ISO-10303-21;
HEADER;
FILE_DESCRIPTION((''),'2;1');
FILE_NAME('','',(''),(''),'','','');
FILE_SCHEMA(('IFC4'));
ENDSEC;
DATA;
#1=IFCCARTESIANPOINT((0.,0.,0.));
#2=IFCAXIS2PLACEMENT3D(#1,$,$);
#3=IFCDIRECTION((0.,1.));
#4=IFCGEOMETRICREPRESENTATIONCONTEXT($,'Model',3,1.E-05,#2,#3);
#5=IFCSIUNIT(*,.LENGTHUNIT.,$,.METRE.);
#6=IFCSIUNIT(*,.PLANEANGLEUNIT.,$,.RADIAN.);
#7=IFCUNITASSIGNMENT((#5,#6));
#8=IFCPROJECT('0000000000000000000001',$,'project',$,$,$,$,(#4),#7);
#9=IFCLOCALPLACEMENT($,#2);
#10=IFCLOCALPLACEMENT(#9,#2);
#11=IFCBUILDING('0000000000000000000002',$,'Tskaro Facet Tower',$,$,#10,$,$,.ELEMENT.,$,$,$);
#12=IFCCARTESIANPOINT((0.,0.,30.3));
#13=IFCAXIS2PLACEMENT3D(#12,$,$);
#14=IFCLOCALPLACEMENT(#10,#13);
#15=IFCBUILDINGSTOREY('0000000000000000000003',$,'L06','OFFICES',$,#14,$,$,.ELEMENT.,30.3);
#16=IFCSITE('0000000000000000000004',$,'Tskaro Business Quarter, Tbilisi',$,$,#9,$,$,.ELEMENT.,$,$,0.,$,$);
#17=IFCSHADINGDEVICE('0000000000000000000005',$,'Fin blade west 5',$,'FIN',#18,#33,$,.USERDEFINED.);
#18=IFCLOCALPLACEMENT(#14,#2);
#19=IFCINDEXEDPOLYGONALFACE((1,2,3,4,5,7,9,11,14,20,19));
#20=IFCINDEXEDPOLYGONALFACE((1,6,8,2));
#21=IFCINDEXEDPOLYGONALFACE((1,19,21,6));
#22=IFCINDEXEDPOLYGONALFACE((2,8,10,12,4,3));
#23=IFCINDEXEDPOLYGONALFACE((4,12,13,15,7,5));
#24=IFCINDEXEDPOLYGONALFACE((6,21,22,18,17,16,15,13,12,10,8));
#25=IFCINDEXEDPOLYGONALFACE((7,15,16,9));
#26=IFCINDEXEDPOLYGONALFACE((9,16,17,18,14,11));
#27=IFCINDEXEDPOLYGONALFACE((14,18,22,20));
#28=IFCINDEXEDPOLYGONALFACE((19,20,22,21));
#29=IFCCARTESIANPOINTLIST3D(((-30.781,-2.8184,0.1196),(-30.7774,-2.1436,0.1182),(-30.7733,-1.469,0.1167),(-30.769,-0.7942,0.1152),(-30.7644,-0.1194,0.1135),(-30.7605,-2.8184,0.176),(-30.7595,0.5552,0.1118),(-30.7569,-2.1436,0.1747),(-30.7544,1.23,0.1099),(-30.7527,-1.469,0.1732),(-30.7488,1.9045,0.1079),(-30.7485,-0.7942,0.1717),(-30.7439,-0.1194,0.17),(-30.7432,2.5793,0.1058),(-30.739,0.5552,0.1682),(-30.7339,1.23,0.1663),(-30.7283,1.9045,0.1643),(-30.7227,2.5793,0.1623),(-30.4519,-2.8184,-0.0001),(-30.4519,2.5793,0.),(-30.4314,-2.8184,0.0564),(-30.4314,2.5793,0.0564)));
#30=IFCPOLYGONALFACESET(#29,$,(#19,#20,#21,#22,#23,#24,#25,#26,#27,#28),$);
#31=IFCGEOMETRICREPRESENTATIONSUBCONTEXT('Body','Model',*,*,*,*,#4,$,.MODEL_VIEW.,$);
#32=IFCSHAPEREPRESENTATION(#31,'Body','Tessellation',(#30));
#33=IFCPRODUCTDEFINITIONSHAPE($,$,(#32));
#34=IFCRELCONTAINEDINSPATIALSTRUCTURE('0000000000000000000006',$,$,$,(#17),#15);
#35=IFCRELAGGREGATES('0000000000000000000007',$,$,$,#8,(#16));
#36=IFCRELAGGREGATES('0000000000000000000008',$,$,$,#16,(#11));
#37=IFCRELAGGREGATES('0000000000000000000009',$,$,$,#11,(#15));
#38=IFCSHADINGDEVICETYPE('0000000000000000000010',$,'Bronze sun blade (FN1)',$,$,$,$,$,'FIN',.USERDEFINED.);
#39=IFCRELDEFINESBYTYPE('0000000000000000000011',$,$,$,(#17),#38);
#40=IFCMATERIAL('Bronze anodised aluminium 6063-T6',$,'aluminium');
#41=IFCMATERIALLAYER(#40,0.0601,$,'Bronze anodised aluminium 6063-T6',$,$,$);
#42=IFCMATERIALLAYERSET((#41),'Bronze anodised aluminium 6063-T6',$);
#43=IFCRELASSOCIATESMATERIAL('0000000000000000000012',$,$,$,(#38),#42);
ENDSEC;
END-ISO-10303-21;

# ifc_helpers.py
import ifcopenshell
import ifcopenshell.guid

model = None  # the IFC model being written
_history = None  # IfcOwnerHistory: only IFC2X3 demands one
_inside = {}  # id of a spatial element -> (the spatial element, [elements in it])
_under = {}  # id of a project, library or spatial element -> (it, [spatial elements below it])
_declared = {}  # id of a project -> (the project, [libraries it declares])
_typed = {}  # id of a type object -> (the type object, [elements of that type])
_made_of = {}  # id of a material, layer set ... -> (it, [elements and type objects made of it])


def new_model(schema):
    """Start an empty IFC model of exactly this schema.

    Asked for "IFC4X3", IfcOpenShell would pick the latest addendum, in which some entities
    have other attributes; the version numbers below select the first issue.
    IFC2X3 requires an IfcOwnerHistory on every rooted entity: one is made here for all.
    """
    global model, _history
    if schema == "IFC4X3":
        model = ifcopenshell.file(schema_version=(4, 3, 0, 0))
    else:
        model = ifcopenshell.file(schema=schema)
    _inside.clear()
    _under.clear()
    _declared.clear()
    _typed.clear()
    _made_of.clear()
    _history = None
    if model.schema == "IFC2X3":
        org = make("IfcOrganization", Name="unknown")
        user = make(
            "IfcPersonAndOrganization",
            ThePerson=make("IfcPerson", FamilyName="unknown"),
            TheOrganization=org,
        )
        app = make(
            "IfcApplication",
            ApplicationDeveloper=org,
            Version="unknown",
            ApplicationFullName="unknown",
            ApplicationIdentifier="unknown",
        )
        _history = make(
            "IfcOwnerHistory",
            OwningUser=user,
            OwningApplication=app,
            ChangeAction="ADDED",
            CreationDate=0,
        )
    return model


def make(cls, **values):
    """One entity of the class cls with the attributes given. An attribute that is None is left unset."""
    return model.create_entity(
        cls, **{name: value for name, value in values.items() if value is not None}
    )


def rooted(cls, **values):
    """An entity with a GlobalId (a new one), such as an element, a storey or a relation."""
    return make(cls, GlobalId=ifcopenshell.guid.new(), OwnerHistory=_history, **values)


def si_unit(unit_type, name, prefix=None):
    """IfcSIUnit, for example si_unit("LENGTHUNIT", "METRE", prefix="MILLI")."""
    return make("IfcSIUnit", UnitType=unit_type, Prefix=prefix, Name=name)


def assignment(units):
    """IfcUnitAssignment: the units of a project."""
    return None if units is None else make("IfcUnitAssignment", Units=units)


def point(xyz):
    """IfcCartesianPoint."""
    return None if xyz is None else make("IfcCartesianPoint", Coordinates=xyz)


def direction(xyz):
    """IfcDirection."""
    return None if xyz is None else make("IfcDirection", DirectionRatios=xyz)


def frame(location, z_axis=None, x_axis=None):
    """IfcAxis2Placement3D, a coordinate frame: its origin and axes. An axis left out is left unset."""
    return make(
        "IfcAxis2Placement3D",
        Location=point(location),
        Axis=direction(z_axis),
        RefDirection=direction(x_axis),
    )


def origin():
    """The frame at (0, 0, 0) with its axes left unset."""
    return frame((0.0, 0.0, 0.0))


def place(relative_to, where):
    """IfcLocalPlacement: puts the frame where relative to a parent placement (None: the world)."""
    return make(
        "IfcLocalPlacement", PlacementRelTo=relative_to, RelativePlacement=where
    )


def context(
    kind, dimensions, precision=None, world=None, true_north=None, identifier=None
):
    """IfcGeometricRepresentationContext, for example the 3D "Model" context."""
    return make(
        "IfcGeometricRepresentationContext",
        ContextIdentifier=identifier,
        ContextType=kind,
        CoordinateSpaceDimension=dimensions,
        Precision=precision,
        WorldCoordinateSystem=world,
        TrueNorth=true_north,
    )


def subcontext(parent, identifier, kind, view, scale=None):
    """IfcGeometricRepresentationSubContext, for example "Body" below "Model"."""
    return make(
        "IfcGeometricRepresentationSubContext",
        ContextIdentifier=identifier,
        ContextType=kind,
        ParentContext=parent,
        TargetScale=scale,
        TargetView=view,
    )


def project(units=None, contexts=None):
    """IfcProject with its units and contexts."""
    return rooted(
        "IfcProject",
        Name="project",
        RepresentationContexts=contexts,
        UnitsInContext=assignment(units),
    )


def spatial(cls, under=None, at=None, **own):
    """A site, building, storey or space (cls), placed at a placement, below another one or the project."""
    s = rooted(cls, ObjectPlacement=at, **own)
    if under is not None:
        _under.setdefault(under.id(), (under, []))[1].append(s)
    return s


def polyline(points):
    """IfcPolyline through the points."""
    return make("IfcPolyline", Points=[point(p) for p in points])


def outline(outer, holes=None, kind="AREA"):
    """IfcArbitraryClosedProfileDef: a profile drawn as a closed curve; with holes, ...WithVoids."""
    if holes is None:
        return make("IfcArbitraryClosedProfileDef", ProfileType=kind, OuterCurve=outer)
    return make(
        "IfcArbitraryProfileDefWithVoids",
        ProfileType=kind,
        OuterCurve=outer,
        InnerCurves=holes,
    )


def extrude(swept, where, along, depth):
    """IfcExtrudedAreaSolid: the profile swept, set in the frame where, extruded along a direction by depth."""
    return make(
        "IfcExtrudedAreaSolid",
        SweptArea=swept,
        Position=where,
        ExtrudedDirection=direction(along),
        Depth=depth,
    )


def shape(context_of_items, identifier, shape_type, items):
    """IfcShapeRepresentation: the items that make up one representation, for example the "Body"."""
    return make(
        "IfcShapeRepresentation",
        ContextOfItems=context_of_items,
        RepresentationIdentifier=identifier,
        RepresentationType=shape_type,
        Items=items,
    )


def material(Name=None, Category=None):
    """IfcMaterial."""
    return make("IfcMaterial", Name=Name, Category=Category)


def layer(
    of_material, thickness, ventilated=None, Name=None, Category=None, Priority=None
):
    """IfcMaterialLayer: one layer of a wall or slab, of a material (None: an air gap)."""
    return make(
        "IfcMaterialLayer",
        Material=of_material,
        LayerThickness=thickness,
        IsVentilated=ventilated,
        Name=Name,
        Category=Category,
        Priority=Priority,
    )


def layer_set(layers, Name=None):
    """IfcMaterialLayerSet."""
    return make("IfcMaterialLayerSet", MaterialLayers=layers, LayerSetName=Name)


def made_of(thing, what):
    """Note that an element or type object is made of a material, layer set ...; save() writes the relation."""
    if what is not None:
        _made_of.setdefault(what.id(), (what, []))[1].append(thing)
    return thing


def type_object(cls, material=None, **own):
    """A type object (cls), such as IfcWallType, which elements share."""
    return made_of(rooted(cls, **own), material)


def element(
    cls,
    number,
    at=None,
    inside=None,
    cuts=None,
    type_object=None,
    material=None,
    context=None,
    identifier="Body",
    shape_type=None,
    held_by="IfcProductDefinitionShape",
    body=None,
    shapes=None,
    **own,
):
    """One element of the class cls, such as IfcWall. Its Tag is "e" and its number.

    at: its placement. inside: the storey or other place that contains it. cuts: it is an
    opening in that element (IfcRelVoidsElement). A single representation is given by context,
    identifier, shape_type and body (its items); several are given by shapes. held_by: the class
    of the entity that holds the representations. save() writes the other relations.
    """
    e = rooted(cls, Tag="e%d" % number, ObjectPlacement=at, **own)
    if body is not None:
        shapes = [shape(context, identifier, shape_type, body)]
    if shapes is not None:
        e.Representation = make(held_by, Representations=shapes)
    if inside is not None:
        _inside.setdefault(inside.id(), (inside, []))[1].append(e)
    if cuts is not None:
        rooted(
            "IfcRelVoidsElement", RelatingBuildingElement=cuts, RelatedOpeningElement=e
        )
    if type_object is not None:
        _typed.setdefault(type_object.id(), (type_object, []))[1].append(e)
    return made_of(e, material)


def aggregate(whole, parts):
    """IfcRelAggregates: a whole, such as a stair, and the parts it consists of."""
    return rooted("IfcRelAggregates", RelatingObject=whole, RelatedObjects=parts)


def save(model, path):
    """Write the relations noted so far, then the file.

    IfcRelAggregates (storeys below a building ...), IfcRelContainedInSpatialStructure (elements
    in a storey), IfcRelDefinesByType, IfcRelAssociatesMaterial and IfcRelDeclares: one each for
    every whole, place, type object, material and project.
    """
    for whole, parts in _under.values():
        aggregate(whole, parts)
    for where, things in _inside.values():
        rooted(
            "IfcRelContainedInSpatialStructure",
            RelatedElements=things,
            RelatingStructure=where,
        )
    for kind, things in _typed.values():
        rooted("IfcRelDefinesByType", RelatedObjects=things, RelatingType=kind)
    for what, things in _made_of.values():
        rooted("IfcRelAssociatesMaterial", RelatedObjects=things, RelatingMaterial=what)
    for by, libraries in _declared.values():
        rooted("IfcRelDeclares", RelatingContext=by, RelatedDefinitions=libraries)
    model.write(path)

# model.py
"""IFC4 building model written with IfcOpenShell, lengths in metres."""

from ifc_helpers import new_model, si_unit, direction, frame, origin, place, context, subcontext, project, spatial, polyline, outline, extrude, material, layer, layer_set, type_object, element, save


model = new_model("IFC4")

# Units and contexts
model_context = context("Model", 3, precision=1e-05, world=origin(), true_north=direction((0.0, 1.0)))
body_context = subcontext(model_context, "Body", "Model", "MODEL_VIEW")
ifc_project = project(units=[si_unit("LENGTHUNIT", "METRE"), si_unit("PLANEANGLEUNIT", "RADIAN")], contexts=[model_context])

# Site, building, storey
site_placement = place(None, origin())
site = spatial("IfcSite", under=ifc_project, at=site_placement, Name="Tskaro Business Quarter, Tbilisi", CompositionType="ELEMENT", RefElevation=0.0)
building_placement = place(site_placement, origin())
building = spatial("IfcBuilding", under=site, at=building_placement, Name="Tskaro Facet Tower", CompositionType="ELEMENT")
storey_placement = place(building_placement, frame((0.0, 0.0, 30.3)))
storey = spatial("IfcBuildingStorey", under=building, at=storey_placement, Name="L06", Description="OFFICES", CompositionType="ELEMENT", Elevation=30.3)

# Shared definitions
ifc_material_1 = material(Name="Bronze anodised aluminium 6063-T6", Category="aluminium")

# Shading device
ifc_layer_1 = layer(ifc_material_1, 0.0601, Name="Bronze anodised aluminium 6063-T6")
ifc_layer_set_1 = layer_set([ifc_layer_1], Name="Bronze anodised aluminium 6063-T6")
shading_device_type = type_object("IfcShadingDeviceType", Name="Bronze sun blade (FN1)", ElementType="FIN", PredefinedType="USERDEFINED", material=ifc_layer_set_1)
shading_device_1_placement = place(storey_placement, frame((-30.4314, 2.5793, 0.0564), z_axis=(0.341662, -0.000007, 0.939823), x_axis=(-0.000002, -1.0, -0.000007)))
element("IfcShadingDevice", 1, at=shading_device_1_placement, inside=storey, type_object=shading_device_type, Name="Fin blade west 5", ObjectType="FIN", PredefinedType="USERDEFINED", context=body_context, shape_type="SweptSolid", body=[
    extrude(outline(polyline([(0.0, 0.0), (5.3977, 0.0), (5.3977, -0.3502), (4.7229, -0.3463), (4.0483, -0.3419), (3.3735, -0.3374), (2.6987, -0.3325), (2.0242, -0.3273), (1.3494, -0.3218), (0.6748, -0.3159), (0.0, -0.3099), (0.0, 0.0)])), origin(), (0.0, 0.0, -1.0), 0.0601),
])

save(model, "model.ifc")
